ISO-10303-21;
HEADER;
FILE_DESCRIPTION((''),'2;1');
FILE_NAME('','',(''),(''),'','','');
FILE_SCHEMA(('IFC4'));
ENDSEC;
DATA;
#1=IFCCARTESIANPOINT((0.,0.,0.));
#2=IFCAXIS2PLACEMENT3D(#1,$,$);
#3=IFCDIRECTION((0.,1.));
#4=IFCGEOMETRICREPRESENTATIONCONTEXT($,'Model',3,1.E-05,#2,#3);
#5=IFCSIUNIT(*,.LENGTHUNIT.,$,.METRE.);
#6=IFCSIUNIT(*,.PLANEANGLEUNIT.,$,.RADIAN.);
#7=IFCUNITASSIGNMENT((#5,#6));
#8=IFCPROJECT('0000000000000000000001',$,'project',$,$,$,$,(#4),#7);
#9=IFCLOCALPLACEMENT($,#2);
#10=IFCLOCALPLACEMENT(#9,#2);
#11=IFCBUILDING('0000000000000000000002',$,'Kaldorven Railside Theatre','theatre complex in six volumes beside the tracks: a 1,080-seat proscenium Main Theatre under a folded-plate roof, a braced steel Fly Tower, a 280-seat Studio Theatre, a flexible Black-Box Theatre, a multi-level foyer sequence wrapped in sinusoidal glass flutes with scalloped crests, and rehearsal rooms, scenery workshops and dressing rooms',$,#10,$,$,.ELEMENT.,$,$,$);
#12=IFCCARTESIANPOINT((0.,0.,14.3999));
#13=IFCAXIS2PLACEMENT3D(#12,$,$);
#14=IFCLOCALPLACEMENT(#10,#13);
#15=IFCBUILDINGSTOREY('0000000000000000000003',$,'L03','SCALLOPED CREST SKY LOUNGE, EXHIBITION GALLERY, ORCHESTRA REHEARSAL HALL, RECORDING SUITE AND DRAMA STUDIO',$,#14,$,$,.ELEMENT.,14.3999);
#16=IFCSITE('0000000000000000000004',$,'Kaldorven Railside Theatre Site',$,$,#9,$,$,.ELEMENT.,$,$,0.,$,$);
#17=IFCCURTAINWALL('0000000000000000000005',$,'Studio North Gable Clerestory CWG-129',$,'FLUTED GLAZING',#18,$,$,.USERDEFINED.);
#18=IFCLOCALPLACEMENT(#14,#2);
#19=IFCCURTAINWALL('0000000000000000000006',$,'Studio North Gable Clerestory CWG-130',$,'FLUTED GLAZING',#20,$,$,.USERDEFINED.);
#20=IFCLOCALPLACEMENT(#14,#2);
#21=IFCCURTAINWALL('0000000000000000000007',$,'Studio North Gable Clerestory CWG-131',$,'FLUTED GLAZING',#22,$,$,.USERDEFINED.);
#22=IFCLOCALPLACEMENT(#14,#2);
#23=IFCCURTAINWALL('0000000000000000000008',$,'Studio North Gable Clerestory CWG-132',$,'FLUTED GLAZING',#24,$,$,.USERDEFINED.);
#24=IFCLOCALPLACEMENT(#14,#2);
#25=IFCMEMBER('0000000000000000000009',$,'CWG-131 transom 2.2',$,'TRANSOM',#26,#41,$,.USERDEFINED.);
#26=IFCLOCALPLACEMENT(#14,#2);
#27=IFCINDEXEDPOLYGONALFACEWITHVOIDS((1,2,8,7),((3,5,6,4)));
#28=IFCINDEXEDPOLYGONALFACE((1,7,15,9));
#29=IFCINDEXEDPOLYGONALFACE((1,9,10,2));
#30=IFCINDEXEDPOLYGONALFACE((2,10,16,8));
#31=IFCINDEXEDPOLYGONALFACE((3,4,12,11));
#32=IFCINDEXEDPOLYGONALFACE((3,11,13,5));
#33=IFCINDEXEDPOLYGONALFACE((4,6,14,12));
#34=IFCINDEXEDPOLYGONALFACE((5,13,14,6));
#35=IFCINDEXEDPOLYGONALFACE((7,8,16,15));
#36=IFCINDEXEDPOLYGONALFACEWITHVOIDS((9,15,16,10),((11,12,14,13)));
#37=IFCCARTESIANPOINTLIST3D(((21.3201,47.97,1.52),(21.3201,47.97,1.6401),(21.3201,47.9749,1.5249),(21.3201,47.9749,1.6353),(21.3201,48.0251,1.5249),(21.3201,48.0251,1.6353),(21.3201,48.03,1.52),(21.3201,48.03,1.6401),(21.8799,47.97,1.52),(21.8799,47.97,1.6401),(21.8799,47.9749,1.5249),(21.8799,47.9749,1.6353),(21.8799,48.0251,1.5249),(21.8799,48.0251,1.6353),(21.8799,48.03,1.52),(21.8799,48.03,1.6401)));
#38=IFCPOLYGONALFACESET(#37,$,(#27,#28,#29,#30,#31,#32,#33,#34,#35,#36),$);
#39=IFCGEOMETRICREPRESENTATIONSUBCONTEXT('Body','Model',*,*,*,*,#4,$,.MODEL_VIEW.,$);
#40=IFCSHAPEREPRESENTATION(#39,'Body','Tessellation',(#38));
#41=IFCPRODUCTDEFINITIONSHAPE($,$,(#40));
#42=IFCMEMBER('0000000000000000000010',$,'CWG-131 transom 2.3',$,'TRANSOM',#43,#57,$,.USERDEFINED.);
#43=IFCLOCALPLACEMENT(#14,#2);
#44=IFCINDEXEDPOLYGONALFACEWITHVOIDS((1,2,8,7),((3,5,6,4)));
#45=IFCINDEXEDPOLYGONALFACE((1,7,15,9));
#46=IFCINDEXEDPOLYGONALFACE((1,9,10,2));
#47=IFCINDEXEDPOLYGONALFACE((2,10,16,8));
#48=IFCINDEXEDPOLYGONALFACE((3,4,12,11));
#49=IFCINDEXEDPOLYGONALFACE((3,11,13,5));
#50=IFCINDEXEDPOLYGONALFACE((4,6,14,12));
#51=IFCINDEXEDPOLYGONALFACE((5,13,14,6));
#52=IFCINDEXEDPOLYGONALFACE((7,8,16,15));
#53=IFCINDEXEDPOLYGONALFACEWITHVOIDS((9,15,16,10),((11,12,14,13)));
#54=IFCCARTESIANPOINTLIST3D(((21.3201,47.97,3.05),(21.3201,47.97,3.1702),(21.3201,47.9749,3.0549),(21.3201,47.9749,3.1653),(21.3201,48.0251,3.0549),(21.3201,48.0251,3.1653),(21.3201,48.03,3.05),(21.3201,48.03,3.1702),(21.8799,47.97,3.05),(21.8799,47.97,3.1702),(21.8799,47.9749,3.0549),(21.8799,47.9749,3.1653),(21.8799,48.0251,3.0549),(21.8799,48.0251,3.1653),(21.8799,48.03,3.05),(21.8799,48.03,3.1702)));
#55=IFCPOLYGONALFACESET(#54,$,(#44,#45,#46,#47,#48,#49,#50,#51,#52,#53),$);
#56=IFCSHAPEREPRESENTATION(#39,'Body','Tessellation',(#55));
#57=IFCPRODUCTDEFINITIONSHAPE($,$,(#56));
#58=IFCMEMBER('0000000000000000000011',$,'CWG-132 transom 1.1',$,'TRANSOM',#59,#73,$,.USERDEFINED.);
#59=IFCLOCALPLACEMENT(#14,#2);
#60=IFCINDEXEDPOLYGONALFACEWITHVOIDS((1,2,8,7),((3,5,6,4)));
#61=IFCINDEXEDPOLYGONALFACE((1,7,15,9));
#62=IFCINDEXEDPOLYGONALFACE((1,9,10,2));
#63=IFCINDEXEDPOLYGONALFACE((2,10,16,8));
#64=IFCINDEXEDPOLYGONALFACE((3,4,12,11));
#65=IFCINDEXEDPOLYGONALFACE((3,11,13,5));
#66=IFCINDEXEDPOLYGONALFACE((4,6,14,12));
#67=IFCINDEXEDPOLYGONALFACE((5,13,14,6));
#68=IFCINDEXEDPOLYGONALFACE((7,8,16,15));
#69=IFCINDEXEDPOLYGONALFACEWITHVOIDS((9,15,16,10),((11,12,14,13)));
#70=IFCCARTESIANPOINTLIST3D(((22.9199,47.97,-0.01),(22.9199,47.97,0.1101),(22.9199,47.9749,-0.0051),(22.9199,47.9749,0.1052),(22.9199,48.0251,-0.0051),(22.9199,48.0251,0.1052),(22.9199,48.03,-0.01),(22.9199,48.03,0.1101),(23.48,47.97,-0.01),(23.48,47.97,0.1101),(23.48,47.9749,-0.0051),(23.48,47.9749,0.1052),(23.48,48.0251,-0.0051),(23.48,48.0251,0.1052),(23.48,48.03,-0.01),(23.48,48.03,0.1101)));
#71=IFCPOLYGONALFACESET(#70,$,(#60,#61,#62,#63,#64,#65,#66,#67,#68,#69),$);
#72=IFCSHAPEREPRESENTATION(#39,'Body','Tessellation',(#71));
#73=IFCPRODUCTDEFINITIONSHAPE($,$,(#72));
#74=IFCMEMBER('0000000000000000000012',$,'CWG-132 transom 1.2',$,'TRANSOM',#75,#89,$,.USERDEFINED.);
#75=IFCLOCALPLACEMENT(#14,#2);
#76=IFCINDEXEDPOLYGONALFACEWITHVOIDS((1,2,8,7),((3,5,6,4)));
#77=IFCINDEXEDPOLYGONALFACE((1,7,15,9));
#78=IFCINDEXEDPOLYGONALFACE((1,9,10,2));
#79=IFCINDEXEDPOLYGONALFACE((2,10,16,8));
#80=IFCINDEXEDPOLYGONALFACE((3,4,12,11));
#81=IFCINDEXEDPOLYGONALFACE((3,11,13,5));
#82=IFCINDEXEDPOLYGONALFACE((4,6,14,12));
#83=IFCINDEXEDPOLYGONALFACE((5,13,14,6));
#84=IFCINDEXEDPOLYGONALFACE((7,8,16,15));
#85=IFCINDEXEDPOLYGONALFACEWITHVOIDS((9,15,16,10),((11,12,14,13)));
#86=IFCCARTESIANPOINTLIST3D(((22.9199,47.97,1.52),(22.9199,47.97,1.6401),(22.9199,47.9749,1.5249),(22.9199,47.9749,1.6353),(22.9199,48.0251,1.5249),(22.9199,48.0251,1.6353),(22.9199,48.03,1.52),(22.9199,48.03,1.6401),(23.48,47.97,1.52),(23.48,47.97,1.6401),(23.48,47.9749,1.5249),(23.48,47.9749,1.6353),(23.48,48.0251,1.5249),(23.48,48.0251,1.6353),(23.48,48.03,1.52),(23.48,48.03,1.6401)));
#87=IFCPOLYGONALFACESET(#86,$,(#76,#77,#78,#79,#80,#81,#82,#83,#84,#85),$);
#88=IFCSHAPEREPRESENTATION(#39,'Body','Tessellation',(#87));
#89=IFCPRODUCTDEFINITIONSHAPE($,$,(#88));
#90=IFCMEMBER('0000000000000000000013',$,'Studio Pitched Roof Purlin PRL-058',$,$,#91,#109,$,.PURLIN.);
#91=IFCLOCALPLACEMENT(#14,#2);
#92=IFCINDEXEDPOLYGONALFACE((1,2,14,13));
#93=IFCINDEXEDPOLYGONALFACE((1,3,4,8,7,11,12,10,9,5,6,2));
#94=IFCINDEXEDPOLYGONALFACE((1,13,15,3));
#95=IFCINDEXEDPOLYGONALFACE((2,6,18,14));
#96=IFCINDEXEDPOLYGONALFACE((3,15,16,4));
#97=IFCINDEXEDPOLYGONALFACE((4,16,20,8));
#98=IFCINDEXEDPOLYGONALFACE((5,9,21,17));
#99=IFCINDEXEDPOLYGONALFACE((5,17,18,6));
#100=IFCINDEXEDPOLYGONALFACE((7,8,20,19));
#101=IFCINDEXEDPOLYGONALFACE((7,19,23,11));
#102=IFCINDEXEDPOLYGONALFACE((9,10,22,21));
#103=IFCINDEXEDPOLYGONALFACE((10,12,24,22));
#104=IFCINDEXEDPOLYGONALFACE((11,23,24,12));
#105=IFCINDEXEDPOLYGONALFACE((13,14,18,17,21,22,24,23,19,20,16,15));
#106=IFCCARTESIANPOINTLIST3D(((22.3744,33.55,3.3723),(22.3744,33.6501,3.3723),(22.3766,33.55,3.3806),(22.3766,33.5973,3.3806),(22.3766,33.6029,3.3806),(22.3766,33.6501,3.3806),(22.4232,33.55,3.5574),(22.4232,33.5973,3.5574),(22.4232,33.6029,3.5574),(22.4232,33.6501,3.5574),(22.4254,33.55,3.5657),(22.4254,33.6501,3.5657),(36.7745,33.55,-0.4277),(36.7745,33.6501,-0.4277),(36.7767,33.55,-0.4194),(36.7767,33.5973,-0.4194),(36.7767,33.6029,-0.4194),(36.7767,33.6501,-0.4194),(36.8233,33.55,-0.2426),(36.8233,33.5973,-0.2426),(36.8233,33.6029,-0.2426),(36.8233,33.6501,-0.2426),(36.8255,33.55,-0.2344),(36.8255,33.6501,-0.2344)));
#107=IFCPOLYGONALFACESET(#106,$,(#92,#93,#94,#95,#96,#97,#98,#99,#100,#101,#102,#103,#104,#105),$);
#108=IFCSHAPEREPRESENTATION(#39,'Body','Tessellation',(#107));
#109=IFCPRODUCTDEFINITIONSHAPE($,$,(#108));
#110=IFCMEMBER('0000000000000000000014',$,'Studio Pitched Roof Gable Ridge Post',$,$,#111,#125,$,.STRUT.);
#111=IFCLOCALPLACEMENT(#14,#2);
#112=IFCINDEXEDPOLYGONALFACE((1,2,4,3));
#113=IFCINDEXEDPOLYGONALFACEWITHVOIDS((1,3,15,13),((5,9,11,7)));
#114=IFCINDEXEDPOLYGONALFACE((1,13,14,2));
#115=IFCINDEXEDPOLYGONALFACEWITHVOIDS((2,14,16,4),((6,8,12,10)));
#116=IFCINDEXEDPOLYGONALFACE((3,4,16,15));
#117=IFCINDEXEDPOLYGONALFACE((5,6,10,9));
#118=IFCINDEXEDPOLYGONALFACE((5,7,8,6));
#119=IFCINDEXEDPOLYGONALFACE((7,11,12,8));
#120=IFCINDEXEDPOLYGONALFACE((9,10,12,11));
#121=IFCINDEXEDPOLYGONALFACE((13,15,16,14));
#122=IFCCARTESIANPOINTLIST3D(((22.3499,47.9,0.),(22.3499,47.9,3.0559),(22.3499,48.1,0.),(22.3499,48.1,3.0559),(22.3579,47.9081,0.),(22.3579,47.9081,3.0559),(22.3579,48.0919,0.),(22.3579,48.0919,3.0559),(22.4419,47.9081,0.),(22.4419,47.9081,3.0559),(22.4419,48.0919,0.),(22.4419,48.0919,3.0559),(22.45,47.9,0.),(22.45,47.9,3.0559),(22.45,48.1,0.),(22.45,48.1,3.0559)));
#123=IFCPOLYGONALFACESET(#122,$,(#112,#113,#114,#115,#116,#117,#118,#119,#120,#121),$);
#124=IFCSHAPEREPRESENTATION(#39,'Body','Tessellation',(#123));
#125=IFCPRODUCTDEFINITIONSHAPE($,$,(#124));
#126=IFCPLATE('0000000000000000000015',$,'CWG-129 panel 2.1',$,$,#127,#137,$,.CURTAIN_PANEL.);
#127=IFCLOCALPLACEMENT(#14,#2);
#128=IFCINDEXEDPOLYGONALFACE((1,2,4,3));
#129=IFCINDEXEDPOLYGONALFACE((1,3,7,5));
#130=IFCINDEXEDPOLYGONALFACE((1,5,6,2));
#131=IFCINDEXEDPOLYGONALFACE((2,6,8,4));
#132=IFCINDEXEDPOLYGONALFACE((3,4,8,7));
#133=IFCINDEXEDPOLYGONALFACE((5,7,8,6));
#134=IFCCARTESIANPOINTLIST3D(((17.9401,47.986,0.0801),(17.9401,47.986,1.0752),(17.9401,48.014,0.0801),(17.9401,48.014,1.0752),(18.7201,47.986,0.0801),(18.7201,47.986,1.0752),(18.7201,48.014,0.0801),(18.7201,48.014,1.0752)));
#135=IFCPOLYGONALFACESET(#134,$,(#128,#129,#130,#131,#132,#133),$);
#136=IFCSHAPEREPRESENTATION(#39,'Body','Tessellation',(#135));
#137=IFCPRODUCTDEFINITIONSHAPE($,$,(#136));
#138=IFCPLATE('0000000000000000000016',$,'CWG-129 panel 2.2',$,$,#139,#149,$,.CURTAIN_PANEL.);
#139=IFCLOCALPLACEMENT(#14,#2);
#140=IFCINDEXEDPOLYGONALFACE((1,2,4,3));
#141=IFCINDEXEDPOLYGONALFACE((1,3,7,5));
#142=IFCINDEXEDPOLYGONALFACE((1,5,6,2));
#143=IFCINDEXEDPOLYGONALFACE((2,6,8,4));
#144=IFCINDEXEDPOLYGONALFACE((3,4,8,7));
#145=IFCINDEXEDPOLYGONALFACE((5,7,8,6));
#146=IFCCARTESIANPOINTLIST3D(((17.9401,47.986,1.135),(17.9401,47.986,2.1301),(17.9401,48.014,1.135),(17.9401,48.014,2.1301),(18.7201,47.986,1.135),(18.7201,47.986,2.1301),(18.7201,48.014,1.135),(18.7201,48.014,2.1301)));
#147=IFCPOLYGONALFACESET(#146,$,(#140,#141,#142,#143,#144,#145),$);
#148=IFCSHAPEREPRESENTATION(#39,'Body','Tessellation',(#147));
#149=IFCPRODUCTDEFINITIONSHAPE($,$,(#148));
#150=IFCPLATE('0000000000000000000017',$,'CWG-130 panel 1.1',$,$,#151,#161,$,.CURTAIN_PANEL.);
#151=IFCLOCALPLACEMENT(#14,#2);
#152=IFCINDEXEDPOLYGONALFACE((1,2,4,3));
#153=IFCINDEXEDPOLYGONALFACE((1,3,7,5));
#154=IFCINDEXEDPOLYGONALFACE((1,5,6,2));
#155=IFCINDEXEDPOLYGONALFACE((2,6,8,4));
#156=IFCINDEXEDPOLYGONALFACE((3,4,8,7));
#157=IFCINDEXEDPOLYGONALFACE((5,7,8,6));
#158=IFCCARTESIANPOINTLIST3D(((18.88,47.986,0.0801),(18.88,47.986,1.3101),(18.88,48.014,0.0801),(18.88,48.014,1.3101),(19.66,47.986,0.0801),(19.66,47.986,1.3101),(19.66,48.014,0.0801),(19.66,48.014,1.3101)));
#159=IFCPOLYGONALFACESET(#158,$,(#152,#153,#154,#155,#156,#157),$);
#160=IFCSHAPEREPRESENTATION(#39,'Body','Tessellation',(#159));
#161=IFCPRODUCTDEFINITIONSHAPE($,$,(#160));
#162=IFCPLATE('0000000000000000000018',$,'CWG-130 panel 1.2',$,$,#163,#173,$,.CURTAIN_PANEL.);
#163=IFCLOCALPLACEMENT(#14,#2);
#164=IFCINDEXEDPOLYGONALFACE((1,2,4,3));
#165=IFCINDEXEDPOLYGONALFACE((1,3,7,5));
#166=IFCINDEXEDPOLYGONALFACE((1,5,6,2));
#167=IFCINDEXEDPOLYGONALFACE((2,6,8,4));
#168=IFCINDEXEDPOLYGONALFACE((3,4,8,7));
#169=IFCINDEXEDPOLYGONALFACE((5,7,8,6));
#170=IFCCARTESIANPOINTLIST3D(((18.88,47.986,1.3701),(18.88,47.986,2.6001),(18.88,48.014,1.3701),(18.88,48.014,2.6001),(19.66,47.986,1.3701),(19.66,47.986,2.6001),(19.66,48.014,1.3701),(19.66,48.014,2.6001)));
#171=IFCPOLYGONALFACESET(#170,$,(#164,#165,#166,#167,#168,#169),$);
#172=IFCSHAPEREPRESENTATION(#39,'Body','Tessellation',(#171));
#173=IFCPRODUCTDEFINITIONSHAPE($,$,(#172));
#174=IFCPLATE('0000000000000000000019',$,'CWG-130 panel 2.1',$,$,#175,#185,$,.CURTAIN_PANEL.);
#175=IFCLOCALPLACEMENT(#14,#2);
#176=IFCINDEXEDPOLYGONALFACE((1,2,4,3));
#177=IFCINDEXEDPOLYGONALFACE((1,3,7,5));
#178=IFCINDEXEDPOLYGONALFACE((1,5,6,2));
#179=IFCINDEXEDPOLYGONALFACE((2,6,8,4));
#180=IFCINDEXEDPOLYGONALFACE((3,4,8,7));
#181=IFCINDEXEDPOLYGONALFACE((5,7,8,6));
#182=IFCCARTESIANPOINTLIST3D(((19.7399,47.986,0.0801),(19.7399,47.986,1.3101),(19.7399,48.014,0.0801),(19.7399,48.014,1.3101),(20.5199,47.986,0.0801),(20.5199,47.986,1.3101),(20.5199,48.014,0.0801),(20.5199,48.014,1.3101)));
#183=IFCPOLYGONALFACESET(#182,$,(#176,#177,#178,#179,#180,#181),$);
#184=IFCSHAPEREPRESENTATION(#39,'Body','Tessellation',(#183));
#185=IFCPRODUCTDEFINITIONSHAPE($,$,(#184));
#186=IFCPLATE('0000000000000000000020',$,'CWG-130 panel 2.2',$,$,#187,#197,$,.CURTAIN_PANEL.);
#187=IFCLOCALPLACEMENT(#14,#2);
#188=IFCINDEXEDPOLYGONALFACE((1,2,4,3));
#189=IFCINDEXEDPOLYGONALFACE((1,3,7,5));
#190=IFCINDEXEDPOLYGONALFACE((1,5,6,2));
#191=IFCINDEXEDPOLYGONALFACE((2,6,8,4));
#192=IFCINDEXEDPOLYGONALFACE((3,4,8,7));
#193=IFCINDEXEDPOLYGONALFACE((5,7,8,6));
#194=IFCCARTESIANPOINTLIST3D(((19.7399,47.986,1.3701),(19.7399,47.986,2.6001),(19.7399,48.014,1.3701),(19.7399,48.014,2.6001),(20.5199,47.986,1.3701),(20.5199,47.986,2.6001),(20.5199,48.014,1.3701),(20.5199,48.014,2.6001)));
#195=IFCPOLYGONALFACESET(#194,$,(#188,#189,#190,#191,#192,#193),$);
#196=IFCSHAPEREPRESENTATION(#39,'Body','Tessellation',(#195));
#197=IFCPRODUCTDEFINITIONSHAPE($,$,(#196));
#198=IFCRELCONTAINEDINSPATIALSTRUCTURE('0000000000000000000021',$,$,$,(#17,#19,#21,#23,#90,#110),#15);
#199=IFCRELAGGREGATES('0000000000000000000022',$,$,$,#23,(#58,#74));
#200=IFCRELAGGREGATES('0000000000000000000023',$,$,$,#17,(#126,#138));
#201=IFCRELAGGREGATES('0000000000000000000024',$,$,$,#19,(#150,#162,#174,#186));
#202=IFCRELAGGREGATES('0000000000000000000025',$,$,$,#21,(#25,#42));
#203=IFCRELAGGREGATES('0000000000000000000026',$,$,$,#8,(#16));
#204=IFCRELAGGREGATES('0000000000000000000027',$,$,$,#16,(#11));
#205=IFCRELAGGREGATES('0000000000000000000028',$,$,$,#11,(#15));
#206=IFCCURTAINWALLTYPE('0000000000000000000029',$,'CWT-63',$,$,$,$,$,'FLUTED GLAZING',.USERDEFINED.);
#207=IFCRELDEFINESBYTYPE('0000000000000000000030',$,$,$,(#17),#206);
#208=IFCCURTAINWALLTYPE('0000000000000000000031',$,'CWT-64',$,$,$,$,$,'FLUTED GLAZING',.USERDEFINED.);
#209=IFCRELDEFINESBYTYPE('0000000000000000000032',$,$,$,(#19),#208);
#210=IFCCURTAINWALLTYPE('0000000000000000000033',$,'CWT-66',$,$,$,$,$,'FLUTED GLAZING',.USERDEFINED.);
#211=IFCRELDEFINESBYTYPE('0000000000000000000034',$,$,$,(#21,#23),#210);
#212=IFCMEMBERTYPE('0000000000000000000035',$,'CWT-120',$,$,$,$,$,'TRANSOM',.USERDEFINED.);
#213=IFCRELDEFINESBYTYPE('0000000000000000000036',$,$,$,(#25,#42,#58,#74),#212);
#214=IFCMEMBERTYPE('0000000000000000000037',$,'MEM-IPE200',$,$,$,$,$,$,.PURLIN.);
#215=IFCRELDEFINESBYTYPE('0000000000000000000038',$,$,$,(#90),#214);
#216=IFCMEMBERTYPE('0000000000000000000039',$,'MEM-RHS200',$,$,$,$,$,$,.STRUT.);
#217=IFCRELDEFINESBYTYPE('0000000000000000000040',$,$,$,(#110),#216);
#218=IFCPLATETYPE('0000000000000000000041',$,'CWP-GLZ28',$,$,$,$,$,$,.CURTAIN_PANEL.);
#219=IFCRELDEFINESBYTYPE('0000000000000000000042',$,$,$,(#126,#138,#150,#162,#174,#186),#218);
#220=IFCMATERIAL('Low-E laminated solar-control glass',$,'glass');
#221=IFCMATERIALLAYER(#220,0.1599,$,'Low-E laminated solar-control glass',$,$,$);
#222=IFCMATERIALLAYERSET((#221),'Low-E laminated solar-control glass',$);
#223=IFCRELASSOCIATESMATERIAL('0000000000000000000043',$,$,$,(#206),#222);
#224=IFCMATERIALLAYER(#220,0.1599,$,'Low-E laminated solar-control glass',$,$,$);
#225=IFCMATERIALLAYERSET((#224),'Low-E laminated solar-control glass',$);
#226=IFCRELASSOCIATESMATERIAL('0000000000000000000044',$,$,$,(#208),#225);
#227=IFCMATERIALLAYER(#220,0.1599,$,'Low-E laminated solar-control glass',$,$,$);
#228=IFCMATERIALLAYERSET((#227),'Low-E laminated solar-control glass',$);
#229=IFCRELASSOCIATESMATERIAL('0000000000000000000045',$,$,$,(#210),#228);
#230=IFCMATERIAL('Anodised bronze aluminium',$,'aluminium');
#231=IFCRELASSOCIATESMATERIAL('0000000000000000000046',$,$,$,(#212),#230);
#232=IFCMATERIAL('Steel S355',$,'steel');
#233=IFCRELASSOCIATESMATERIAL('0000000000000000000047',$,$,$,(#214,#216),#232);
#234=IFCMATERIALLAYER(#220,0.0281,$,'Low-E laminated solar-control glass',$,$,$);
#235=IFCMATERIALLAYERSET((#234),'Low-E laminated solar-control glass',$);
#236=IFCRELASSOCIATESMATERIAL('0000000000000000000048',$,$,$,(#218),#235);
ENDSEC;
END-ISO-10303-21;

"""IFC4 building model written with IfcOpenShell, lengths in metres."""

from ifc_helpers import new_model, si_unit, direction, frame, origin, origin_2d, place, context, subcontext, project, spatial, rectangle, hollow_rectangle, i_section, extrude, material, layer, layer_set, material_profile, profile_set, type_object, element, aggregate, save


model = new_model("IFC4")

# Units and contexts
model_context = context("Model", 3, precision=1e-05, world=origin(), true_north=direction((0.0, 1.0)))
body_context = subcontext(model_context, "Body", "Model", "MODEL_VIEW")
ifc_project = project(units=[si_unit("LENGTHUNIT", "METRE"), si_unit("PLANEANGLEUNIT", "RADIAN")], contexts=[model_context])

# Site, building, storey
site_placement = place(None, origin())
site = spatial("IfcSite", under=ifc_project, at=site_placement, Name="Kaldorven Railside Theatre Site", CompositionType="ELEMENT", RefElevation=0.0)
building_placement = place(site_placement, origin())
building = spatial("IfcBuilding", under=site, at=building_placement, Name="Kaldorven Railside Theatre", Description="theatre complex in six volumes beside the tracks: a 1,080-seat proscenium Main Theatre under a folded-plate roof, a braced steel Fly Tower, a 280-seat Studio Theatre, a flexible Black-Box Theatre, a multi-level foyer sequence wrapped in sinusoidal glass flutes with scalloped crests, and rehearsal rooms, scenery workshops and dressing rooms", CompositionType="ELEMENT")
storey_placement = place(building_placement, frame((0.0, 0.0, 14.3999)))
storey = spatial("IfcBuildingStorey", under=building, at=storey_placement, Name="L03", Description="SCALLOPED CREST SKY LOUNGE, EXHIBITION GALLERY, ORCHESTRA REHEARSAL HALL, RECORDING SUITE AND DRAMA STUDIO", CompositionType="ELEMENT", Elevation=14.3999)

# Curtain walls
ifc_material_1 = material(Name="Low-E laminated solar-control glass", Category="glass")
ifc_layer_1 = layer(ifc_material_1, 0.1599, Name="Low-E laminated solar-control glass")
ifc_layer_set_1 = layer_set([ifc_layer_1], Name="Low-E laminated solar-control glass")
curtain_wall_type_1 = type_object("IfcCurtainWallType", Name="CWT-63", ElementType="FLUTED GLAZING", PredefinedType="USERDEFINED", material=ifc_layer_set_1)
curtain_wall_1_placement = place(storey_placement, origin())
curtain_wall_1 = element("IfcCurtainWall", 1, at=curtain_wall_1_placement, inside=storey, type_object=curtain_wall_type_1, Name="Studio North Gable Clerestory CWG-129", ObjectType="FLUTED GLAZING", PredefinedType="USERDEFINED")
ifc_material_2 = material(Name="Anodised bronze aluminium", Category="aluminium")
ifc_layer_2 = layer(ifc_material_1, 0.1599, Name="Low-E laminated solar-control glass")
ifc_layer_set_2 = layer_set([ifc_layer_2], Name="Low-E laminated solar-control glass")
curtain_wall_type_2 = type_object("IfcCurtainWallType", Name="CWT-64", ElementType="FLUTED GLAZING", PredefinedType="USERDEFINED", material=ifc_layer_set_2)
curtain_wall_2_placement = place(storey_placement, origin())
curtain_wall_2 = element("IfcCurtainWall", 2, at=curtain_wall_2_placement, inside=storey, type_object=curtain_wall_type_2, Name="Studio North Gable Clerestory CWG-130", ObjectType="FLUTED GLAZING", PredefinedType="USERDEFINED")
ifc_layer_3 = layer(ifc_material_1, 0.1599, Name="Low-E laminated solar-control glass")
ifc_layer_set_3 = layer_set([ifc_layer_3], Name="Low-E laminated solar-control glass")
curtain_wall_type_3 = type_object("IfcCurtainWallType", Name="CWT-66", ElementType="FLUTED GLAZING", PredefinedType="USERDEFINED", material=ifc_layer_set_3)
curtain_wall_3_placement = place(storey_placement, origin())
curtain_wall_3 = element("IfcCurtainWall", 3, at=curtain_wall_3_placement, inside=storey, type_object=curtain_wall_type_3, Name="Studio North Gable Clerestory CWG-131", ObjectType="FLUTED GLAZING", PredefinedType="USERDEFINED")

# Curtain wall
curtain_wall_4_placement = place(storey_placement, origin())
curtain_wall_4 = element("IfcCurtainWall", 4, at=curtain_wall_4_placement, inside=storey, type_object=curtain_wall_type_3, Name="Studio North Gable Clerestory CWG-132", ObjectType="FLUTED GLAZING", PredefinedType="USERDEFINED")

# Members
ifc_material_profile_1 = material_profile(ifc_material_2, hollow_rectangle(XDim=0.0601, YDim=0.1201, WallThickness=0.0049, at=origin_2d()), Name="RHS 120x60x5")
ifc_profile_set_1 = profile_set([ifc_material_profile_1], Name="Anodised bronze aluminium")
member_type_1 = type_object("IfcMemberType", Name="CWT-120", ElementType="TRANSOM", PredefinedType="USERDEFINED", material=ifc_profile_set_1)
member_1_placement = place(storey_placement, frame((21.3201, 48.0, 1.5801), z_axis=(1.0, 0.0, 0.0), x_axis=(0.0, 1.0, 0.0)))
member_1 = element("IfcMember", 5, at=member_1_placement, type_object=member_type_1, Name="CWG-131 transom 2.2", ObjectType="TRANSOM", PredefinedType="USERDEFINED", context=body_context, shape_type="SweptSolid", body=[
    extrude(hollow_rectangle(XDim=0.0601, YDim=0.1201, WallThickness=0.0049, at=origin_2d()), origin(), (0.0, 0.0, 1.0), 0.5598),
])
member_2_placement = place(storey_placement, frame((21.3201, 48.0, 3.1101), z_axis=(1.0, 0.0, 0.0), x_axis=(0.0, 1.0, 0.0)))
member_2 = element("IfcMember", 6, at=member_2_placement, type_object=member_type_1, Name="CWG-131 transom 2.3", ObjectType="TRANSOM", PredefinedType="USERDEFINED", context=body_context, shape_type="SweptSolid", body=[
    extrude(hollow_rectangle(XDim=0.0601, YDim=0.1201, WallThickness=0.0049, at=origin_2d()), origin(), (0.0, 0.0, 1.0), 0.5598),
])
member_3_placement = place(storey_placement, frame((22.9199, 48.0, 0.05), z_axis=(1.0, 0.0, 0.0), x_axis=(0.0, 1.0, 0.0)))
member_3 = element("IfcMember", 7, at=member_3_placement, type_object=member_type_1, Name="CWG-132 transom 1.1", ObjectType="TRANSOM", PredefinedType="USERDEFINED", context=body_context, shape_type="SweptSolid", body=[
    extrude(hollow_rectangle(XDim=0.0601, YDim=0.1201, WallThickness=0.0049, at=origin_2d()), origin(), (0.0, 0.0, 1.0), 0.5601),
])
member_4_placement = place(storey_placement, frame((22.9199, 48.0, 1.5801), z_axis=(1.0, 0.0, 0.0), x_axis=(0.0, 1.0, 0.0)))
member_4 = element("IfcMember", 8, at=member_4_placement, type_object=member_type_1, Name="CWG-132 transom 1.2", ObjectType="TRANSOM", PredefinedType="USERDEFINED", context=body_context, shape_type="SweptSolid", body=[
    extrude(hollow_rectangle(XDim=0.0601, YDim=0.1201, WallThickness=0.0049, at=origin_2d()), origin(), (0.0, 0.0, 1.0), 0.5601),
])
aggregate(curtain_wall_4, [member_3, member_4])

# Members
ifc_material_3 = material(Name="Steel S355", Category="steel")
ifc_material_profile_2 = material_profile(ifc_material_3, i_section(OverallWidth=0.1001, OverallDepth=0.2, WebThickness=0.0056, FlangeThickness=0.0085, at=origin_2d()), Name="IPE 200")
ifc_profile_set_2 = profile_set([ifc_material_profile_2], Name="Steel S355")
member_type_2 = type_object("IfcMemberType", Name="MEM-IPE200", PredefinedType="PURLIN", material=ifc_profile_set_2)
member_5_placement = place(storey_placement, frame((22.3999, 33.6001, 3.469), z_axis=(0.9669, 0.0, -0.255155), x_axis=(0.0, 1.0, 0.0)))
element("IfcMember", 9, at=member_5_placement, inside=storey, type_object=member_type_2, Name="Studio Pitched Roof Purlin PRL-058", PredefinedType="PURLIN", context=body_context, shape_type="SweptSolid", body=[
    extrude(i_section(OverallWidth=0.1001, OverallDepth=0.2, WebThickness=0.0056, FlangeThickness=0.0085, at=origin_2d()), origin(), (0.0, 0.0, 1.0), 14.8931),
])
ifc_material_profile_3 = material_profile(ifc_material_3, hollow_rectangle(XDim=0.1001, YDim=0.2, WallThickness=0.0081, at=origin_2d()), Name="RHS 200x100x8")
ifc_profile_set_3 = profile_set([ifc_material_profile_3], Name="Steel S355")
member_type_3 = type_object("IfcMemberType", Name="MEM-RHS200", PredefinedType="STRUT", material=ifc_profile_set_3)
member_6_placement = place(storey_placement, frame((22.3999, 48.0, 0.0), z_axis=(0.0, 0.0, 1.0), x_axis=(1.0, 0.0, 0.0)))
element("IfcMember", 10, at=member_6_placement, inside=storey, type_object=member_type_3, Name="Studio Pitched Roof Gable Ridge Post", PredefinedType="STRUT", context=body_context, shape_type="SweptSolid", body=[
    extrude(hollow_rectangle(XDim=0.1001, YDim=0.2, WallThickness=0.0081, at=origin_2d()), origin(), (0.0, 0.0, 1.0), 3.0559),
])

# Plates
ifc_layer_4 = layer(ifc_material_1, 0.0281, Name="Low-E laminated solar-control glass")
ifc_layer_set_4 = layer_set([ifc_layer_4], Name="Low-E laminated solar-control glass")
plate_type_1 = type_object("IfcPlateType", Name="CWP-GLZ28", PredefinedType="CURTAIN_PANEL", material=ifc_layer_set_4)
plate_1_placement = place(storey_placement, frame((18.3301, 48.0, 0.0801), z_axis=(0.0, 0.0, 1.0), x_axis=(1.0, 0.0, 0.0)))
plate_1 = element("IfcPlate", 11, at=plate_1_placement, type_object=plate_type_1, Name="CWG-129 panel 2.1", PredefinedType="CURTAIN_PANEL", context=body_context, shape_type="SweptSolid", body=[
    extrude(rectangle(XDim=0.78, YDim=0.0281, at=origin_2d()), origin(), (0.0, 0.0, 1.0), 0.9951),
])
plate_2_placement = place(storey_placement, frame((18.3301, 48.0, 1.135), z_axis=(0.0, 0.0, 1.0), x_axis=(1.0, 0.0, 0.0)))
plate_2 = element("IfcPlate", 12, at=plate_2_placement, type_object=plate_type_1, Name="CWG-129 panel 2.2", PredefinedType="CURTAIN_PANEL", context=body_context, shape_type="SweptSolid", body=[
    extrude(rectangle(XDim=0.78, YDim=0.0281, at=origin_2d()), origin(), (0.0, 0.0, 1.0), 0.9951),
])
aggregate(curtain_wall_1, [plate_1, plate_2])
plate_3_placement = place(storey_placement, frame((19.27, 48.0, 0.0801), z_axis=(0.0, 0.0, 1.0), x_axis=(1.0, 0.0, 0.0)))
plate_3 = element("IfcPlate", 13, at=plate_3_placement, type_object=plate_type_1, Name="CWG-130 panel 1.1", PredefinedType="CURTAIN_PANEL", context=body_context, shape_type="SweptSolid", body=[
    extrude(rectangle(XDim=0.78, YDim=0.0281, at=origin_2d()), origin(), (0.0, 0.0, 1.0), 1.23),
])
plate_4_placement = place(storey_placement, frame((19.27, 48.0, 1.3701), z_axis=(0.0, 0.0, 1.0), x_axis=(1.0, 0.0, 0.0)))
plate_4 = element("IfcPlate", 14, at=plate_4_placement, type_object=plate_type_1, Name="CWG-130 panel 1.2", PredefinedType="CURTAIN_PANEL", context=body_context, shape_type="SweptSolid", body=[
    extrude(rectangle(XDim=0.78, YDim=0.0281, at=origin_2d()), origin(), (0.0, 0.0, 1.0), 1.23),
])
plate_5_placement = place(storey_placement, frame((20.1299, 48.0, 0.0801), z_axis=(0.0, 0.0, 1.0), x_axis=(1.0, 0.0, 0.0)))
plate_5 = element("IfcPlate", 15, at=plate_5_placement, type_object=plate_type_1, Name="CWG-130 panel 2.1", PredefinedType="CURTAIN_PANEL", context=body_context, shape_type="SweptSolid", body=[
    extrude(rectangle(XDim=0.78, YDim=0.0281, at=origin_2d()), origin(), (0.0, 0.0, 1.0), 1.23),
])
plate_6_placement = place(storey_placement, frame((20.1299, 48.0, 1.3701), z_axis=(0.0, 0.0, 1.0), x_axis=(1.0, 0.0, 0.0)))
plate_6 = element("IfcPlate", 16, at=plate_6_placement, type_object=plate_type_1, Name="CWG-130 panel 2.2", PredefinedType="CURTAIN_PANEL", context=body_context, shape_type="SweptSolid", body=[
    extrude(rectangle(XDim=0.78, YDim=0.0281, at=origin_2d()), origin(), (0.0, 0.0, 1.0), 1.23),
])
aggregate(curtain_wall_2, [plate_3, plate_4, plate_5, plate_6])
aggregate(curtain_wall_3, [member_1, member_2])

save(model, "model.ifc")
